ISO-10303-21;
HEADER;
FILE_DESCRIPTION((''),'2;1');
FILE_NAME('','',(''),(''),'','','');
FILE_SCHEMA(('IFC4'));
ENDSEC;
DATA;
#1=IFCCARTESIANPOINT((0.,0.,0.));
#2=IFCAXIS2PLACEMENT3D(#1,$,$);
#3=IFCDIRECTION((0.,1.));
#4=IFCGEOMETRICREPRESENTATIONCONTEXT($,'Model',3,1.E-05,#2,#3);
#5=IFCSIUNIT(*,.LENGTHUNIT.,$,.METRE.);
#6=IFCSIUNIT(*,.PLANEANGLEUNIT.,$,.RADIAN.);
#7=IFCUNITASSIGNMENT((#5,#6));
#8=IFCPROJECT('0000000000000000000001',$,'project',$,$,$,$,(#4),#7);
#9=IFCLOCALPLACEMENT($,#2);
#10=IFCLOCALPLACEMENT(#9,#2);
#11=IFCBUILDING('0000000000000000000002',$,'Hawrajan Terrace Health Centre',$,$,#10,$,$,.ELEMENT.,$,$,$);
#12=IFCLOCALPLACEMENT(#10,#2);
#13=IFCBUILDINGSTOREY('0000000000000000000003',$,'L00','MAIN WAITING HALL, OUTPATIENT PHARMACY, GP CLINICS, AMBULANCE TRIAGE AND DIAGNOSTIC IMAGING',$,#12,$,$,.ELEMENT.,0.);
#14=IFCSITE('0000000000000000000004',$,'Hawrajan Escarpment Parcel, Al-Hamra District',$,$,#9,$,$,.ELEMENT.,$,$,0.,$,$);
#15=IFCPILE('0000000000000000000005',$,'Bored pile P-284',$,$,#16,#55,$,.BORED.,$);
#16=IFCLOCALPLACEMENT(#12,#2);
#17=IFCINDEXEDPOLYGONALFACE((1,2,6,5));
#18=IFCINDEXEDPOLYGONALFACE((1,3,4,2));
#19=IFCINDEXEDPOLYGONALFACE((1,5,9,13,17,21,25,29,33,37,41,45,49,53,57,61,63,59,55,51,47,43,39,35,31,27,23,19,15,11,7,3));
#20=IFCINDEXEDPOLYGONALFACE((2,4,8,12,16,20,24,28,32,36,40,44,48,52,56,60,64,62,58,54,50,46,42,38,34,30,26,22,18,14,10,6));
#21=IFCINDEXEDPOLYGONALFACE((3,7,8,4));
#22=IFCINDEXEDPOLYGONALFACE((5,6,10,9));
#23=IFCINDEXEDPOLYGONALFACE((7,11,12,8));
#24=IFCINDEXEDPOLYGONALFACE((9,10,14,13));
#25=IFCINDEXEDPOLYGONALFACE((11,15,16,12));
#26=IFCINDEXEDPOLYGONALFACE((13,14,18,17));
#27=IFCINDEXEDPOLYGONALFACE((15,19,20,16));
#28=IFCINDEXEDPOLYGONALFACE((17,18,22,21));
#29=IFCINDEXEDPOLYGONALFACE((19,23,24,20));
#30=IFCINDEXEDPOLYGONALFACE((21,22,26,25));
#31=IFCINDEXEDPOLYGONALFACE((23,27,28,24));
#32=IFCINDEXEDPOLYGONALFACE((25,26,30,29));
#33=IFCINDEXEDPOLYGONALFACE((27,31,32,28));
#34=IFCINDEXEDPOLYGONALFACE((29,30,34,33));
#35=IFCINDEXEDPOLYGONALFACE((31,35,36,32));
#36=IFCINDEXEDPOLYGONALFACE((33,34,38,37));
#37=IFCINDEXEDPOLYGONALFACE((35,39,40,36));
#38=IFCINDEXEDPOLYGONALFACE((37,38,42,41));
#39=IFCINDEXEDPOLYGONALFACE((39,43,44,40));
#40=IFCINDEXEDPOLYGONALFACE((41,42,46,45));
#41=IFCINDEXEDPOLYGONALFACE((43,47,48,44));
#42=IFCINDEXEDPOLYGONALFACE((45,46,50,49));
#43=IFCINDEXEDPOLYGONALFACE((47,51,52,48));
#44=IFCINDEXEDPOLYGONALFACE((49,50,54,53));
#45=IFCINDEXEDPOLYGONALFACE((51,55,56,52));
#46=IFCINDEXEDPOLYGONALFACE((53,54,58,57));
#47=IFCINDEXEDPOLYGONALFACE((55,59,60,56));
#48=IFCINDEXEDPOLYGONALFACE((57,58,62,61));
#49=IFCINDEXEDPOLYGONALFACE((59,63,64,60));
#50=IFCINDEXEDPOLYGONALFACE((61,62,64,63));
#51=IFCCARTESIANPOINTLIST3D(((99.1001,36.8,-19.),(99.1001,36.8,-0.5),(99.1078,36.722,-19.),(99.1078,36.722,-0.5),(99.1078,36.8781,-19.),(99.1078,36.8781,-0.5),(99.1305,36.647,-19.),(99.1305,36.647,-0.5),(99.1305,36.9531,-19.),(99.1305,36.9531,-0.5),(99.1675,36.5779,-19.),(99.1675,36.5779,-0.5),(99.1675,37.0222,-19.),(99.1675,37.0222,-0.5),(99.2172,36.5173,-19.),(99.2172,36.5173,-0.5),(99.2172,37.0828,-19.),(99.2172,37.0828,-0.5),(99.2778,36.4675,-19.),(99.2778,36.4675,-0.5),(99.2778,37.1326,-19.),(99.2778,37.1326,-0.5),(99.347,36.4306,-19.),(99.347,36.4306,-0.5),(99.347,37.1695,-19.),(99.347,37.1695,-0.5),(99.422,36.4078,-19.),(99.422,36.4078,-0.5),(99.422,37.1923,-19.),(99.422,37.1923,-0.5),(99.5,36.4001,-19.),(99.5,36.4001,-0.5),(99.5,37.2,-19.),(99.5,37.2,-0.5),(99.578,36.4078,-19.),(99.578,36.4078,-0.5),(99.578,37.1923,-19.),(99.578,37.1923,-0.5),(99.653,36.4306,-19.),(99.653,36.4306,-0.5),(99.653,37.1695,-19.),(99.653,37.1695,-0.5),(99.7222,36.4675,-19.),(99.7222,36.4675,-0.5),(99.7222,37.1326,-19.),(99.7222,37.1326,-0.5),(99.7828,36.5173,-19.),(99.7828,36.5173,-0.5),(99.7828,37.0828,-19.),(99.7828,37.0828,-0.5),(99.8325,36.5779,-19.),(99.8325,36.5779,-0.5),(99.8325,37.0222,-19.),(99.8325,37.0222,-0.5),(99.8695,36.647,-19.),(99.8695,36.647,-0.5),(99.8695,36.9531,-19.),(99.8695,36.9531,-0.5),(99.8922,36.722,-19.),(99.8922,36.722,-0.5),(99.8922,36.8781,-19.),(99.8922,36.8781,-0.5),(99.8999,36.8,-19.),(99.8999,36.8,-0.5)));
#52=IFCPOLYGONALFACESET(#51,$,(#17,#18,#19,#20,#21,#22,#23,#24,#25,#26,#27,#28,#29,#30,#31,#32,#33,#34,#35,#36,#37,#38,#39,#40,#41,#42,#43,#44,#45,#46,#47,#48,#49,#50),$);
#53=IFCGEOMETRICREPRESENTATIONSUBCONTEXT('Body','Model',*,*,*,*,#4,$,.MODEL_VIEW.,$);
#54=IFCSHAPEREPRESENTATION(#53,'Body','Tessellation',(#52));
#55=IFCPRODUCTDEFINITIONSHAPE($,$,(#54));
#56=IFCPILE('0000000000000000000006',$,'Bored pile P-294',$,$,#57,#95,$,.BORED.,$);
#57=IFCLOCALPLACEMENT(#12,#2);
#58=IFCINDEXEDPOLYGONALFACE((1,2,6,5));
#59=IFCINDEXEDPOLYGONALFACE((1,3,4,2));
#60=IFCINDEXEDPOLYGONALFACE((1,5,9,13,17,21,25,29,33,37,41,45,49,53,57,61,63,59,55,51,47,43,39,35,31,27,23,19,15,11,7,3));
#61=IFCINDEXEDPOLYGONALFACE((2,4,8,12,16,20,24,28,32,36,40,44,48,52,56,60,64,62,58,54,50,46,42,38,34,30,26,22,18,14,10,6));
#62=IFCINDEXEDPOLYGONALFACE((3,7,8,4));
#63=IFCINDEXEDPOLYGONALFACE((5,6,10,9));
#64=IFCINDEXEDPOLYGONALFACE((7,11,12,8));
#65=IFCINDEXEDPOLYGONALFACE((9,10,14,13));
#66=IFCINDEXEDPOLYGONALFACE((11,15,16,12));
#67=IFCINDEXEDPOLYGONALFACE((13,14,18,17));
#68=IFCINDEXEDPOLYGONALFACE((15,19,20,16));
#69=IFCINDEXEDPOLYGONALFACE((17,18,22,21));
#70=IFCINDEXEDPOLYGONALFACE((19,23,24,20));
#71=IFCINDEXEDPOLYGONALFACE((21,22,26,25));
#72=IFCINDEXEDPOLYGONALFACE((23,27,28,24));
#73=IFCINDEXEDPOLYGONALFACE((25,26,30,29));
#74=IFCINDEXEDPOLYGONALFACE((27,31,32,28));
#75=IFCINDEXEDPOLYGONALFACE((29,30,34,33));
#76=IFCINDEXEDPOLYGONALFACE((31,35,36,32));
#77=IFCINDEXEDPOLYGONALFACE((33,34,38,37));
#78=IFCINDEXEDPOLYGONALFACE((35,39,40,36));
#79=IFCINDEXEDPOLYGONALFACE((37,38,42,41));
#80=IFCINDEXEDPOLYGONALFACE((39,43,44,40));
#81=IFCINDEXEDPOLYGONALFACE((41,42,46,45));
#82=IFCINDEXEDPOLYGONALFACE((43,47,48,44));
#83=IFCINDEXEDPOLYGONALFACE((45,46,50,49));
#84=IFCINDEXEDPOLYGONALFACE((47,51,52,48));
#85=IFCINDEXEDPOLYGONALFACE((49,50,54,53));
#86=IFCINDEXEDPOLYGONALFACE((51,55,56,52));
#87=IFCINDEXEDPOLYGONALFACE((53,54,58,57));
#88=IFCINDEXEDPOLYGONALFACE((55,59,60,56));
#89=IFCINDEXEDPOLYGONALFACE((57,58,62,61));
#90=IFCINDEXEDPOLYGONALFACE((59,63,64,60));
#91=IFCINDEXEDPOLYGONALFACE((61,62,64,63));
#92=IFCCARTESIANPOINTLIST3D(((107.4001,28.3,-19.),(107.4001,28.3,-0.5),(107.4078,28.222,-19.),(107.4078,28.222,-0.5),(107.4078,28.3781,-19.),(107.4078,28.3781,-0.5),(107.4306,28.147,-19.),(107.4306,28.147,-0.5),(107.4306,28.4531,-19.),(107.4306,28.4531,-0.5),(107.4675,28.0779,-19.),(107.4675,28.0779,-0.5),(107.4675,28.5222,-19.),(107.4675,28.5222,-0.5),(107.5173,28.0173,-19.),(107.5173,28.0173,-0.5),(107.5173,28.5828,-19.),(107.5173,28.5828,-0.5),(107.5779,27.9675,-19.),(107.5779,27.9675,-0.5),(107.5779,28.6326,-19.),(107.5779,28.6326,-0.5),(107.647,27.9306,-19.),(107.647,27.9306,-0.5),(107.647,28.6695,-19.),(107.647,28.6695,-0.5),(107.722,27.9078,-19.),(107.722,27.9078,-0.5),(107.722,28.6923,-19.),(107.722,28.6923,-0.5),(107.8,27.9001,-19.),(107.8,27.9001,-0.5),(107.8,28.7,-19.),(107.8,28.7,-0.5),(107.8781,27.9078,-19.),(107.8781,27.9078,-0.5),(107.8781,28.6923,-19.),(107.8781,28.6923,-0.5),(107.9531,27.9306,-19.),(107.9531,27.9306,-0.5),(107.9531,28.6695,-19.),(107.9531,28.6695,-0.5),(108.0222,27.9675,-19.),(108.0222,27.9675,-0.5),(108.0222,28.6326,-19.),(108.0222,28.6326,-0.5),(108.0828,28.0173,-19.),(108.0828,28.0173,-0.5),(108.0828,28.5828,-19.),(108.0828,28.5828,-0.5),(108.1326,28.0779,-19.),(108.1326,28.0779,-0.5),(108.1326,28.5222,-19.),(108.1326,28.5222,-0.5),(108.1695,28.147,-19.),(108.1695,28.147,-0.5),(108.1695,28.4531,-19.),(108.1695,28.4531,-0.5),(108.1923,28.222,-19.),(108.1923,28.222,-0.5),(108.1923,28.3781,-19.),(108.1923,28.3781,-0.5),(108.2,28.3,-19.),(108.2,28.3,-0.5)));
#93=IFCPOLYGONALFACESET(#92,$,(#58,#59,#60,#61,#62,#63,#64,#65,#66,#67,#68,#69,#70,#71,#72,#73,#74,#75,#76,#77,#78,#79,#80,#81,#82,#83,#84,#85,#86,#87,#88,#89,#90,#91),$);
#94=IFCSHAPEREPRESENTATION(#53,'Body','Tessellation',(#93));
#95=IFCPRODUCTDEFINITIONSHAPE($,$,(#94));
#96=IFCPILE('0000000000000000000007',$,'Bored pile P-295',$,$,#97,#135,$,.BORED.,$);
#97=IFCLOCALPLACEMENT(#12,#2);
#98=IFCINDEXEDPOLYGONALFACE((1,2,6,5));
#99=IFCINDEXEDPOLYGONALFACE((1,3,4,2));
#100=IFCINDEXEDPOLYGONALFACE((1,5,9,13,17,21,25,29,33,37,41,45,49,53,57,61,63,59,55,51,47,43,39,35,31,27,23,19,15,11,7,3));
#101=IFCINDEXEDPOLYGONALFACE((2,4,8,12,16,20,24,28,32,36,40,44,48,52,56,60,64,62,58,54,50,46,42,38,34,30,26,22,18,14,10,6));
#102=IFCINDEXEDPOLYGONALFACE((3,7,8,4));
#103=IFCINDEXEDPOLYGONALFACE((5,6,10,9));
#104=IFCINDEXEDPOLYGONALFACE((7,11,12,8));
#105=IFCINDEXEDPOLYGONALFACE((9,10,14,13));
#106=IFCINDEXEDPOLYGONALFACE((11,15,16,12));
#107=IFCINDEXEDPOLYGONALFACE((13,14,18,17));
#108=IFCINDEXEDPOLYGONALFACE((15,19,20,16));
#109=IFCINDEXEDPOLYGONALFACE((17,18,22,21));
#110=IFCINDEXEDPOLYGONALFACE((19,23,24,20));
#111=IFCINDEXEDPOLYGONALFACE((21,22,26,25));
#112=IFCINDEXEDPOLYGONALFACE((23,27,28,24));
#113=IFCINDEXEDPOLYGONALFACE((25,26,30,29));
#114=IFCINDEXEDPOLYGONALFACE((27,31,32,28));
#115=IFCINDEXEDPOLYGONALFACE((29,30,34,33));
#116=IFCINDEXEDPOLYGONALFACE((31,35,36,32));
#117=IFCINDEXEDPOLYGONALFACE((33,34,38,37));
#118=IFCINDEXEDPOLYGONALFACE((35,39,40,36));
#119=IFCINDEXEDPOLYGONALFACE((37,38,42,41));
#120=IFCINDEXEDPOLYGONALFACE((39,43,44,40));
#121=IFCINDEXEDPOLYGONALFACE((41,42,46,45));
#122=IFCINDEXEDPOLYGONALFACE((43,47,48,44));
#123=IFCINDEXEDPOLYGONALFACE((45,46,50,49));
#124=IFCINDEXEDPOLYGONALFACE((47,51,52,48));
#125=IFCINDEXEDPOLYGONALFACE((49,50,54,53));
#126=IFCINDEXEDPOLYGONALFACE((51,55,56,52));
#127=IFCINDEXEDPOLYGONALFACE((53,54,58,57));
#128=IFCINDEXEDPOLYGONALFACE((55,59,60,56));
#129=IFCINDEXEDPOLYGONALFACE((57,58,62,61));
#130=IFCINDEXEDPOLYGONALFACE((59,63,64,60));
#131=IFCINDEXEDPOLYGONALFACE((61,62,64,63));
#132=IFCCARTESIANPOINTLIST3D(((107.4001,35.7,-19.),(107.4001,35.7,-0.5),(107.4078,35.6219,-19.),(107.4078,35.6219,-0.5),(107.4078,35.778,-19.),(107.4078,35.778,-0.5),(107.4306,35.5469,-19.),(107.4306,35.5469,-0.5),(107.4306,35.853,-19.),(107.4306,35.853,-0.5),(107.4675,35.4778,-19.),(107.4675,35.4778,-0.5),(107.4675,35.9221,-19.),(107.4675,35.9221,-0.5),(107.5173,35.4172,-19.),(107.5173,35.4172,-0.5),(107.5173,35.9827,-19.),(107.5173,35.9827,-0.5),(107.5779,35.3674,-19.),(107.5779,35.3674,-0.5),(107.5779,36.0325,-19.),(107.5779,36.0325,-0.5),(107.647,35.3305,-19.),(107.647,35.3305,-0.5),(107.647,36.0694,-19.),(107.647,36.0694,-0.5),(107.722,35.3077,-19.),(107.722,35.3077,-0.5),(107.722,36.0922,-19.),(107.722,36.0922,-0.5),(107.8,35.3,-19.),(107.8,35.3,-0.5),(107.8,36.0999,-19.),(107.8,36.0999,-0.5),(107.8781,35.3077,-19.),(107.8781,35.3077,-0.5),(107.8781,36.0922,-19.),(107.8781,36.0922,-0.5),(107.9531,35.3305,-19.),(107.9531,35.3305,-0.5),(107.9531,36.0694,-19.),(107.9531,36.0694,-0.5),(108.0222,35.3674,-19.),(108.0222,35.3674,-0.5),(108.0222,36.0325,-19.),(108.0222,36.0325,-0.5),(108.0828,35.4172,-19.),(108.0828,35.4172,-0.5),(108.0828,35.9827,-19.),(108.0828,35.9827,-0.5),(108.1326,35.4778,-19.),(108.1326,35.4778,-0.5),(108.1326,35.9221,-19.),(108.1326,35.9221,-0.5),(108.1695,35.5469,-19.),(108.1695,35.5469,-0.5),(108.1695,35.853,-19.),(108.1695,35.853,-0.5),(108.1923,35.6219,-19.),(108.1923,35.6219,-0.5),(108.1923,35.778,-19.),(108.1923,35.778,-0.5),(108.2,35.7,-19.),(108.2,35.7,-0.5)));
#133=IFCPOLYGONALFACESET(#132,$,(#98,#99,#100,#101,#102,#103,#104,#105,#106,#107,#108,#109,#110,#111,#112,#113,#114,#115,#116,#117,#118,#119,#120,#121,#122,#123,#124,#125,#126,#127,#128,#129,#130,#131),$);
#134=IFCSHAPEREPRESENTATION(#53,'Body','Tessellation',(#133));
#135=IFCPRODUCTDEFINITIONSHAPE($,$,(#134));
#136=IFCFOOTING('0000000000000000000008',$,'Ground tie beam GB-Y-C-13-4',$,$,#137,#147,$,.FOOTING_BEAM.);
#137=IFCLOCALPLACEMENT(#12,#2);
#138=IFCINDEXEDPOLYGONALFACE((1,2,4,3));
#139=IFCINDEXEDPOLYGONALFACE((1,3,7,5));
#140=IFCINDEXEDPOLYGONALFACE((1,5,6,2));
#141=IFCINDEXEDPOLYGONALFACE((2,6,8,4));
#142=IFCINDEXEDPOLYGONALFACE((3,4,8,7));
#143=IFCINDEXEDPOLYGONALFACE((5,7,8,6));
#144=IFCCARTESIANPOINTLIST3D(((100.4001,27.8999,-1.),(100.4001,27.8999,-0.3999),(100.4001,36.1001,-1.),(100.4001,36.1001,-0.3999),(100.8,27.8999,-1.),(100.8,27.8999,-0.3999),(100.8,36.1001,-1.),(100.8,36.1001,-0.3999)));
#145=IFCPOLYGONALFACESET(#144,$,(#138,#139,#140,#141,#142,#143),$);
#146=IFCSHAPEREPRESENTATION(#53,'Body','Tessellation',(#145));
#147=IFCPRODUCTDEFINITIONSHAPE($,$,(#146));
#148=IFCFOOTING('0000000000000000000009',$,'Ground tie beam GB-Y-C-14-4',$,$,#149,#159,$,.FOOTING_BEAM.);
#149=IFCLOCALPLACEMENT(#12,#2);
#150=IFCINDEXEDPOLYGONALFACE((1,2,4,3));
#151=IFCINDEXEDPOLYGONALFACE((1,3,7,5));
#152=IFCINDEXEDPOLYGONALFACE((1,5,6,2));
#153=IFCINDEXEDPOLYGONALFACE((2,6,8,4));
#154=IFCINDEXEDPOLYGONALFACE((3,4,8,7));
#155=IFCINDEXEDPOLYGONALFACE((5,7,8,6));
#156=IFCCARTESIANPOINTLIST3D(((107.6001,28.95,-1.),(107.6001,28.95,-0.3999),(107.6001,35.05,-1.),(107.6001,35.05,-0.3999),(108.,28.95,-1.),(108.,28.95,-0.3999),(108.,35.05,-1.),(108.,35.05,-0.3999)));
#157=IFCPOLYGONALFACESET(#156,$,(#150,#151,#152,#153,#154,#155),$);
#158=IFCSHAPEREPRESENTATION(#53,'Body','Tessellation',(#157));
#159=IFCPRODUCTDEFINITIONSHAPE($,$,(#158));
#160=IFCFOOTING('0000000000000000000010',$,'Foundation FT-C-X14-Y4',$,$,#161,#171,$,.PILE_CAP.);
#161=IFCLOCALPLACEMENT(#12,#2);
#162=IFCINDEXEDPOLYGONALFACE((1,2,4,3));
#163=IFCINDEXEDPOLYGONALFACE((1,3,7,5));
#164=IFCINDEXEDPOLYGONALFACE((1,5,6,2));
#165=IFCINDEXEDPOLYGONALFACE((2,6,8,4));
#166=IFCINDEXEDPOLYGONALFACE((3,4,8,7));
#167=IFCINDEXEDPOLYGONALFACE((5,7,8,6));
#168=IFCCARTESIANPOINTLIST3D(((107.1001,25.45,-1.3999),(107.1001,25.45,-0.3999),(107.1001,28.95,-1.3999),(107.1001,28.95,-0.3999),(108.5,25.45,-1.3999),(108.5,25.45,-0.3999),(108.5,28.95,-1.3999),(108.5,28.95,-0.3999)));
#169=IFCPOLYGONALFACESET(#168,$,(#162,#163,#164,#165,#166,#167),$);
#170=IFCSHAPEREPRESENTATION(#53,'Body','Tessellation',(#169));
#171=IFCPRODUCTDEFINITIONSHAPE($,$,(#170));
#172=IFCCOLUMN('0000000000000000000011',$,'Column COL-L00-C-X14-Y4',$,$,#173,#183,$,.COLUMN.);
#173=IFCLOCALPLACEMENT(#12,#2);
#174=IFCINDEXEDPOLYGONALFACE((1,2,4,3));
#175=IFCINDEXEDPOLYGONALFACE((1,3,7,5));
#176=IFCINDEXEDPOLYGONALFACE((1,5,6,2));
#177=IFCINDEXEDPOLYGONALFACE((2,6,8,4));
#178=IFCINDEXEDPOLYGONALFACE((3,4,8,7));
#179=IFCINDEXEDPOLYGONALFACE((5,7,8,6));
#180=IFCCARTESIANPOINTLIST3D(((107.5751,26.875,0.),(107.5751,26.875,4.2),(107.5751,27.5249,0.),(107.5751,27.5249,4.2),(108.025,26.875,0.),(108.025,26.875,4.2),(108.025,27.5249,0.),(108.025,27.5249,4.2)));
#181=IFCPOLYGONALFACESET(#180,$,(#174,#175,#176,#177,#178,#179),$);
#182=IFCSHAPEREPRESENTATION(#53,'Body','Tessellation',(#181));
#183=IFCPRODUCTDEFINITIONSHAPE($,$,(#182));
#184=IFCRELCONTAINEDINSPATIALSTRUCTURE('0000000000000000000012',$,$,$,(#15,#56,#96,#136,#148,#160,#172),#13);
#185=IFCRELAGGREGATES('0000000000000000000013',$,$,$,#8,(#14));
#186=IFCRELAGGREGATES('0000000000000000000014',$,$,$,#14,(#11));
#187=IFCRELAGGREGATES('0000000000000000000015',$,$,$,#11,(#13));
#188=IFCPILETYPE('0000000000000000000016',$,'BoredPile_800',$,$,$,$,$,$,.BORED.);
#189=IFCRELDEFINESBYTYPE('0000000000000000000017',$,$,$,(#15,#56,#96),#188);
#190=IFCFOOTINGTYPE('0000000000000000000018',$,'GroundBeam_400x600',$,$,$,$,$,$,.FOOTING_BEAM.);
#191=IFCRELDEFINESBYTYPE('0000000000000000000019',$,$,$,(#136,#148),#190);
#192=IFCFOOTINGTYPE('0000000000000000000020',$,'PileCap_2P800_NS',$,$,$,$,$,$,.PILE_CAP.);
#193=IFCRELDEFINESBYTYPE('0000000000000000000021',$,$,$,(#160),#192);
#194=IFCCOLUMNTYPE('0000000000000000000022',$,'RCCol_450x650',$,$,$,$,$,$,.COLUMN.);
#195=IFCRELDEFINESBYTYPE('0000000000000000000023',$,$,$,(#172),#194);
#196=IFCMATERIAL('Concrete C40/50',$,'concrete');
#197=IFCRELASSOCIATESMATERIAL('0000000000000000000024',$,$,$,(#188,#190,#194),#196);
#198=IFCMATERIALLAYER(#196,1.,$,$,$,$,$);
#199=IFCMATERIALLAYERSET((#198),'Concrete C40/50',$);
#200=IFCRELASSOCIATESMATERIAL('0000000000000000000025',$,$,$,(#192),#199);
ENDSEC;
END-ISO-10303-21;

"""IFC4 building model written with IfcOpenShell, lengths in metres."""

from ifc_helpers import new_model, si_unit, direction, frame, origin, origin_2d, place, context, subcontext, project, spatial, rectangle, circle, extrude, material, layer, layer_set, material_profile, profile_set, type_object, element, save


model = new_model("IFC4")

# Units and contexts
model_context = context("Model", 3, precision=1e-05, world=origin(), true_north=direction((0.0, 1.0)))
body_context = subcontext(model_context, "Body", "Model", "MODEL_VIEW")
ifc_project = project(units=[si_unit("LENGTHUNIT", "METRE"), si_unit("PLANEANGLEUNIT", "RADIAN")], contexts=[model_context])

# Site, building, storey
site_placement = place(None, origin())
site = spatial("IfcSite", under=ifc_project, at=site_placement, Name="Hawrajan Escarpment Parcel, Al-Hamra District", CompositionType="ELEMENT", RefElevation=0.0)
building_placement = place(site_placement, origin())
building = spatial("IfcBuilding", under=site, at=building_placement, Name="Hawrajan Terrace Health Centre", CompositionType="ELEMENT")
storey_placement = place(building_placement, origin())
storey = spatial("IfcBuildingStorey", under=building, at=storey_placement, Name="L00", Description="MAIN WAITING HALL, OUTPATIENT PHARMACY, GP CLINICS, AMBULANCE TRIAGE AND DIAGNOSTIC IMAGING", CompositionType="ELEMENT", Elevation=0.0)

# Piles
ifc_material_1 = material(Name="Concrete C40/50", Category="concrete")
ifc_material_profile_1 = material_profile(ifc_material_1, circle(Radius=0.3999, at=origin_2d()), Name="BP 800")
ifc_profile_set_1 = profile_set([ifc_material_profile_1], Name="Concrete C40/50")
pile_type = type_object("IfcPileType", Name="BoredPile_800", PredefinedType="BORED", material=ifc_profile_set_1)
for number, where, z_axis, x_axis, name in (
    (1, (99.5, 36.8, -0.5), (0.0, 0.0, -1.0), (1.0, 0.0, 0.0), "Bored pile P-284"),
    (2, (107.8, 28.3, -0.5), (0.0, 0.0, -1.0), (1.0, 0.0, 0.0), "Bored pile P-294"),
    (3, (107.8, 35.7, -0.5), (0.0, 0.0, -1.0), (1.0, 0.0, 0.0), "Bored pile P-295"),
):
    element("IfcPile", number, at=place(storey_placement, frame(where, z_axis=z_axis, x_axis=x_axis)), inside=storey, type_object=pile_type, Name=name, PredefinedType="BORED", context=body_context, shape_type="SweptSolid", body=[
        extrude(circle(Radius=0.3999, at=origin_2d()), origin(), (0.0, 0.0, 1.0), 18.5),
    ])

# Footings
ifc_material_profile_2 = material_profile(ifc_material_1, rectangle(XDim=0.3999, YDim=0.6001, at=origin_2d()), Name="RC BM 400x600")
ifc_profile_set_2 = profile_set([ifc_material_profile_2], Name="Concrete C40/50")
footing_type_1 = type_object("IfcFootingType", Name="GroundBeam_400x600", PredefinedType="FOOTING_BEAM", material=ifc_profile_set_2)
footing_1_placement = place(storey_placement, frame((100.6001, 27.8999, -0.7), z_axis=(0.0, 1.0, 0.0), x_axis=(-1.0, 0.0, 0.0)))
element("IfcFooting", 4, at=footing_1_placement, inside=storey, type_object=footing_type_1, Name="Ground tie beam GB-Y-C-13-4", PredefinedType="FOOTING_BEAM", context=body_context, shape_type="SweptSolid", body=[
    extrude(rectangle(XDim=0.3999, YDim=0.6001, at=origin_2d()), origin(), (0.0, 0.0, 1.0), 8.2002),
])
footing_2_placement = place(storey_placement, frame((107.8, 28.95, -0.7), z_axis=(0.0, 1.0, 0.0), x_axis=(-1.0, 0.0, 0.0)))
element("IfcFooting", 5, at=footing_2_placement, inside=storey, type_object=footing_type_1, Name="Ground tie beam GB-Y-C-14-4", PredefinedType="FOOTING_BEAM", context=body_context, shape_type="SweptSolid", body=[
    extrude(rectangle(XDim=0.3999, YDim=0.6001, at=origin_2d()), origin(), (0.0, 0.0, 1.0), 6.1001),
])
ifc_layer_1 = layer(ifc_material_1, 1.0)
ifc_layer_set_1 = layer_set([ifc_layer_1], Name="Concrete C40/50")
footing_type_2 = type_object("IfcFootingType", Name="PileCap_2P800_NS", PredefinedType="PILE_CAP", material=ifc_layer_set_1)
footing_3_placement = place(storey_placement, frame((107.8, 27.2, -1.3999), z_axis=(0.0, 0.0, 1.0), x_axis=(1.0, 0.0, 0.0)))
element("IfcFooting", 6, at=footing_3_placement, inside=storey, type_object=footing_type_2, Name="Foundation FT-C-X14-Y4", PredefinedType="PILE_CAP", context=body_context, shape_type="SweptSolid", body=[
    extrude(rectangle(XDim=1.3999, YDim=3.5, at=origin_2d()), origin(), (0.0, 0.0, 1.0), 1.0),
])

# Column
ifc_material_profile_3 = material_profile(ifc_material_1, rectangle(XDim=0.45, YDim=0.6499, at=origin_2d()), Name="RC 450x650")
ifc_profile_set_3 = profile_set([ifc_material_profile_3], Name="Concrete C40/50")
column_type = type_object("IfcColumnType", Name="RCCol_450x650", PredefinedType="COLUMN", material=ifc_profile_set_3)
column_placement = place(storey_placement, frame((107.8, 27.2, 0.0), z_axis=(0.0, 0.0, 1.0), x_axis=(1.0, 0.0, 0.0)))
element("IfcColumn", 7, at=column_placement, inside=storey, type_object=column_type, Name="Column COL-L00-C-X14-Y4", PredefinedType="COLUMN", context=body_context, shape_type="SweptSolid", body=[
    extrude(rectangle(XDim=0.45, YDim=0.6499, at=origin_2d()), origin(), (0.0, 0.0, 1.0), 4.2),
])

save(model, "model.ifc")
